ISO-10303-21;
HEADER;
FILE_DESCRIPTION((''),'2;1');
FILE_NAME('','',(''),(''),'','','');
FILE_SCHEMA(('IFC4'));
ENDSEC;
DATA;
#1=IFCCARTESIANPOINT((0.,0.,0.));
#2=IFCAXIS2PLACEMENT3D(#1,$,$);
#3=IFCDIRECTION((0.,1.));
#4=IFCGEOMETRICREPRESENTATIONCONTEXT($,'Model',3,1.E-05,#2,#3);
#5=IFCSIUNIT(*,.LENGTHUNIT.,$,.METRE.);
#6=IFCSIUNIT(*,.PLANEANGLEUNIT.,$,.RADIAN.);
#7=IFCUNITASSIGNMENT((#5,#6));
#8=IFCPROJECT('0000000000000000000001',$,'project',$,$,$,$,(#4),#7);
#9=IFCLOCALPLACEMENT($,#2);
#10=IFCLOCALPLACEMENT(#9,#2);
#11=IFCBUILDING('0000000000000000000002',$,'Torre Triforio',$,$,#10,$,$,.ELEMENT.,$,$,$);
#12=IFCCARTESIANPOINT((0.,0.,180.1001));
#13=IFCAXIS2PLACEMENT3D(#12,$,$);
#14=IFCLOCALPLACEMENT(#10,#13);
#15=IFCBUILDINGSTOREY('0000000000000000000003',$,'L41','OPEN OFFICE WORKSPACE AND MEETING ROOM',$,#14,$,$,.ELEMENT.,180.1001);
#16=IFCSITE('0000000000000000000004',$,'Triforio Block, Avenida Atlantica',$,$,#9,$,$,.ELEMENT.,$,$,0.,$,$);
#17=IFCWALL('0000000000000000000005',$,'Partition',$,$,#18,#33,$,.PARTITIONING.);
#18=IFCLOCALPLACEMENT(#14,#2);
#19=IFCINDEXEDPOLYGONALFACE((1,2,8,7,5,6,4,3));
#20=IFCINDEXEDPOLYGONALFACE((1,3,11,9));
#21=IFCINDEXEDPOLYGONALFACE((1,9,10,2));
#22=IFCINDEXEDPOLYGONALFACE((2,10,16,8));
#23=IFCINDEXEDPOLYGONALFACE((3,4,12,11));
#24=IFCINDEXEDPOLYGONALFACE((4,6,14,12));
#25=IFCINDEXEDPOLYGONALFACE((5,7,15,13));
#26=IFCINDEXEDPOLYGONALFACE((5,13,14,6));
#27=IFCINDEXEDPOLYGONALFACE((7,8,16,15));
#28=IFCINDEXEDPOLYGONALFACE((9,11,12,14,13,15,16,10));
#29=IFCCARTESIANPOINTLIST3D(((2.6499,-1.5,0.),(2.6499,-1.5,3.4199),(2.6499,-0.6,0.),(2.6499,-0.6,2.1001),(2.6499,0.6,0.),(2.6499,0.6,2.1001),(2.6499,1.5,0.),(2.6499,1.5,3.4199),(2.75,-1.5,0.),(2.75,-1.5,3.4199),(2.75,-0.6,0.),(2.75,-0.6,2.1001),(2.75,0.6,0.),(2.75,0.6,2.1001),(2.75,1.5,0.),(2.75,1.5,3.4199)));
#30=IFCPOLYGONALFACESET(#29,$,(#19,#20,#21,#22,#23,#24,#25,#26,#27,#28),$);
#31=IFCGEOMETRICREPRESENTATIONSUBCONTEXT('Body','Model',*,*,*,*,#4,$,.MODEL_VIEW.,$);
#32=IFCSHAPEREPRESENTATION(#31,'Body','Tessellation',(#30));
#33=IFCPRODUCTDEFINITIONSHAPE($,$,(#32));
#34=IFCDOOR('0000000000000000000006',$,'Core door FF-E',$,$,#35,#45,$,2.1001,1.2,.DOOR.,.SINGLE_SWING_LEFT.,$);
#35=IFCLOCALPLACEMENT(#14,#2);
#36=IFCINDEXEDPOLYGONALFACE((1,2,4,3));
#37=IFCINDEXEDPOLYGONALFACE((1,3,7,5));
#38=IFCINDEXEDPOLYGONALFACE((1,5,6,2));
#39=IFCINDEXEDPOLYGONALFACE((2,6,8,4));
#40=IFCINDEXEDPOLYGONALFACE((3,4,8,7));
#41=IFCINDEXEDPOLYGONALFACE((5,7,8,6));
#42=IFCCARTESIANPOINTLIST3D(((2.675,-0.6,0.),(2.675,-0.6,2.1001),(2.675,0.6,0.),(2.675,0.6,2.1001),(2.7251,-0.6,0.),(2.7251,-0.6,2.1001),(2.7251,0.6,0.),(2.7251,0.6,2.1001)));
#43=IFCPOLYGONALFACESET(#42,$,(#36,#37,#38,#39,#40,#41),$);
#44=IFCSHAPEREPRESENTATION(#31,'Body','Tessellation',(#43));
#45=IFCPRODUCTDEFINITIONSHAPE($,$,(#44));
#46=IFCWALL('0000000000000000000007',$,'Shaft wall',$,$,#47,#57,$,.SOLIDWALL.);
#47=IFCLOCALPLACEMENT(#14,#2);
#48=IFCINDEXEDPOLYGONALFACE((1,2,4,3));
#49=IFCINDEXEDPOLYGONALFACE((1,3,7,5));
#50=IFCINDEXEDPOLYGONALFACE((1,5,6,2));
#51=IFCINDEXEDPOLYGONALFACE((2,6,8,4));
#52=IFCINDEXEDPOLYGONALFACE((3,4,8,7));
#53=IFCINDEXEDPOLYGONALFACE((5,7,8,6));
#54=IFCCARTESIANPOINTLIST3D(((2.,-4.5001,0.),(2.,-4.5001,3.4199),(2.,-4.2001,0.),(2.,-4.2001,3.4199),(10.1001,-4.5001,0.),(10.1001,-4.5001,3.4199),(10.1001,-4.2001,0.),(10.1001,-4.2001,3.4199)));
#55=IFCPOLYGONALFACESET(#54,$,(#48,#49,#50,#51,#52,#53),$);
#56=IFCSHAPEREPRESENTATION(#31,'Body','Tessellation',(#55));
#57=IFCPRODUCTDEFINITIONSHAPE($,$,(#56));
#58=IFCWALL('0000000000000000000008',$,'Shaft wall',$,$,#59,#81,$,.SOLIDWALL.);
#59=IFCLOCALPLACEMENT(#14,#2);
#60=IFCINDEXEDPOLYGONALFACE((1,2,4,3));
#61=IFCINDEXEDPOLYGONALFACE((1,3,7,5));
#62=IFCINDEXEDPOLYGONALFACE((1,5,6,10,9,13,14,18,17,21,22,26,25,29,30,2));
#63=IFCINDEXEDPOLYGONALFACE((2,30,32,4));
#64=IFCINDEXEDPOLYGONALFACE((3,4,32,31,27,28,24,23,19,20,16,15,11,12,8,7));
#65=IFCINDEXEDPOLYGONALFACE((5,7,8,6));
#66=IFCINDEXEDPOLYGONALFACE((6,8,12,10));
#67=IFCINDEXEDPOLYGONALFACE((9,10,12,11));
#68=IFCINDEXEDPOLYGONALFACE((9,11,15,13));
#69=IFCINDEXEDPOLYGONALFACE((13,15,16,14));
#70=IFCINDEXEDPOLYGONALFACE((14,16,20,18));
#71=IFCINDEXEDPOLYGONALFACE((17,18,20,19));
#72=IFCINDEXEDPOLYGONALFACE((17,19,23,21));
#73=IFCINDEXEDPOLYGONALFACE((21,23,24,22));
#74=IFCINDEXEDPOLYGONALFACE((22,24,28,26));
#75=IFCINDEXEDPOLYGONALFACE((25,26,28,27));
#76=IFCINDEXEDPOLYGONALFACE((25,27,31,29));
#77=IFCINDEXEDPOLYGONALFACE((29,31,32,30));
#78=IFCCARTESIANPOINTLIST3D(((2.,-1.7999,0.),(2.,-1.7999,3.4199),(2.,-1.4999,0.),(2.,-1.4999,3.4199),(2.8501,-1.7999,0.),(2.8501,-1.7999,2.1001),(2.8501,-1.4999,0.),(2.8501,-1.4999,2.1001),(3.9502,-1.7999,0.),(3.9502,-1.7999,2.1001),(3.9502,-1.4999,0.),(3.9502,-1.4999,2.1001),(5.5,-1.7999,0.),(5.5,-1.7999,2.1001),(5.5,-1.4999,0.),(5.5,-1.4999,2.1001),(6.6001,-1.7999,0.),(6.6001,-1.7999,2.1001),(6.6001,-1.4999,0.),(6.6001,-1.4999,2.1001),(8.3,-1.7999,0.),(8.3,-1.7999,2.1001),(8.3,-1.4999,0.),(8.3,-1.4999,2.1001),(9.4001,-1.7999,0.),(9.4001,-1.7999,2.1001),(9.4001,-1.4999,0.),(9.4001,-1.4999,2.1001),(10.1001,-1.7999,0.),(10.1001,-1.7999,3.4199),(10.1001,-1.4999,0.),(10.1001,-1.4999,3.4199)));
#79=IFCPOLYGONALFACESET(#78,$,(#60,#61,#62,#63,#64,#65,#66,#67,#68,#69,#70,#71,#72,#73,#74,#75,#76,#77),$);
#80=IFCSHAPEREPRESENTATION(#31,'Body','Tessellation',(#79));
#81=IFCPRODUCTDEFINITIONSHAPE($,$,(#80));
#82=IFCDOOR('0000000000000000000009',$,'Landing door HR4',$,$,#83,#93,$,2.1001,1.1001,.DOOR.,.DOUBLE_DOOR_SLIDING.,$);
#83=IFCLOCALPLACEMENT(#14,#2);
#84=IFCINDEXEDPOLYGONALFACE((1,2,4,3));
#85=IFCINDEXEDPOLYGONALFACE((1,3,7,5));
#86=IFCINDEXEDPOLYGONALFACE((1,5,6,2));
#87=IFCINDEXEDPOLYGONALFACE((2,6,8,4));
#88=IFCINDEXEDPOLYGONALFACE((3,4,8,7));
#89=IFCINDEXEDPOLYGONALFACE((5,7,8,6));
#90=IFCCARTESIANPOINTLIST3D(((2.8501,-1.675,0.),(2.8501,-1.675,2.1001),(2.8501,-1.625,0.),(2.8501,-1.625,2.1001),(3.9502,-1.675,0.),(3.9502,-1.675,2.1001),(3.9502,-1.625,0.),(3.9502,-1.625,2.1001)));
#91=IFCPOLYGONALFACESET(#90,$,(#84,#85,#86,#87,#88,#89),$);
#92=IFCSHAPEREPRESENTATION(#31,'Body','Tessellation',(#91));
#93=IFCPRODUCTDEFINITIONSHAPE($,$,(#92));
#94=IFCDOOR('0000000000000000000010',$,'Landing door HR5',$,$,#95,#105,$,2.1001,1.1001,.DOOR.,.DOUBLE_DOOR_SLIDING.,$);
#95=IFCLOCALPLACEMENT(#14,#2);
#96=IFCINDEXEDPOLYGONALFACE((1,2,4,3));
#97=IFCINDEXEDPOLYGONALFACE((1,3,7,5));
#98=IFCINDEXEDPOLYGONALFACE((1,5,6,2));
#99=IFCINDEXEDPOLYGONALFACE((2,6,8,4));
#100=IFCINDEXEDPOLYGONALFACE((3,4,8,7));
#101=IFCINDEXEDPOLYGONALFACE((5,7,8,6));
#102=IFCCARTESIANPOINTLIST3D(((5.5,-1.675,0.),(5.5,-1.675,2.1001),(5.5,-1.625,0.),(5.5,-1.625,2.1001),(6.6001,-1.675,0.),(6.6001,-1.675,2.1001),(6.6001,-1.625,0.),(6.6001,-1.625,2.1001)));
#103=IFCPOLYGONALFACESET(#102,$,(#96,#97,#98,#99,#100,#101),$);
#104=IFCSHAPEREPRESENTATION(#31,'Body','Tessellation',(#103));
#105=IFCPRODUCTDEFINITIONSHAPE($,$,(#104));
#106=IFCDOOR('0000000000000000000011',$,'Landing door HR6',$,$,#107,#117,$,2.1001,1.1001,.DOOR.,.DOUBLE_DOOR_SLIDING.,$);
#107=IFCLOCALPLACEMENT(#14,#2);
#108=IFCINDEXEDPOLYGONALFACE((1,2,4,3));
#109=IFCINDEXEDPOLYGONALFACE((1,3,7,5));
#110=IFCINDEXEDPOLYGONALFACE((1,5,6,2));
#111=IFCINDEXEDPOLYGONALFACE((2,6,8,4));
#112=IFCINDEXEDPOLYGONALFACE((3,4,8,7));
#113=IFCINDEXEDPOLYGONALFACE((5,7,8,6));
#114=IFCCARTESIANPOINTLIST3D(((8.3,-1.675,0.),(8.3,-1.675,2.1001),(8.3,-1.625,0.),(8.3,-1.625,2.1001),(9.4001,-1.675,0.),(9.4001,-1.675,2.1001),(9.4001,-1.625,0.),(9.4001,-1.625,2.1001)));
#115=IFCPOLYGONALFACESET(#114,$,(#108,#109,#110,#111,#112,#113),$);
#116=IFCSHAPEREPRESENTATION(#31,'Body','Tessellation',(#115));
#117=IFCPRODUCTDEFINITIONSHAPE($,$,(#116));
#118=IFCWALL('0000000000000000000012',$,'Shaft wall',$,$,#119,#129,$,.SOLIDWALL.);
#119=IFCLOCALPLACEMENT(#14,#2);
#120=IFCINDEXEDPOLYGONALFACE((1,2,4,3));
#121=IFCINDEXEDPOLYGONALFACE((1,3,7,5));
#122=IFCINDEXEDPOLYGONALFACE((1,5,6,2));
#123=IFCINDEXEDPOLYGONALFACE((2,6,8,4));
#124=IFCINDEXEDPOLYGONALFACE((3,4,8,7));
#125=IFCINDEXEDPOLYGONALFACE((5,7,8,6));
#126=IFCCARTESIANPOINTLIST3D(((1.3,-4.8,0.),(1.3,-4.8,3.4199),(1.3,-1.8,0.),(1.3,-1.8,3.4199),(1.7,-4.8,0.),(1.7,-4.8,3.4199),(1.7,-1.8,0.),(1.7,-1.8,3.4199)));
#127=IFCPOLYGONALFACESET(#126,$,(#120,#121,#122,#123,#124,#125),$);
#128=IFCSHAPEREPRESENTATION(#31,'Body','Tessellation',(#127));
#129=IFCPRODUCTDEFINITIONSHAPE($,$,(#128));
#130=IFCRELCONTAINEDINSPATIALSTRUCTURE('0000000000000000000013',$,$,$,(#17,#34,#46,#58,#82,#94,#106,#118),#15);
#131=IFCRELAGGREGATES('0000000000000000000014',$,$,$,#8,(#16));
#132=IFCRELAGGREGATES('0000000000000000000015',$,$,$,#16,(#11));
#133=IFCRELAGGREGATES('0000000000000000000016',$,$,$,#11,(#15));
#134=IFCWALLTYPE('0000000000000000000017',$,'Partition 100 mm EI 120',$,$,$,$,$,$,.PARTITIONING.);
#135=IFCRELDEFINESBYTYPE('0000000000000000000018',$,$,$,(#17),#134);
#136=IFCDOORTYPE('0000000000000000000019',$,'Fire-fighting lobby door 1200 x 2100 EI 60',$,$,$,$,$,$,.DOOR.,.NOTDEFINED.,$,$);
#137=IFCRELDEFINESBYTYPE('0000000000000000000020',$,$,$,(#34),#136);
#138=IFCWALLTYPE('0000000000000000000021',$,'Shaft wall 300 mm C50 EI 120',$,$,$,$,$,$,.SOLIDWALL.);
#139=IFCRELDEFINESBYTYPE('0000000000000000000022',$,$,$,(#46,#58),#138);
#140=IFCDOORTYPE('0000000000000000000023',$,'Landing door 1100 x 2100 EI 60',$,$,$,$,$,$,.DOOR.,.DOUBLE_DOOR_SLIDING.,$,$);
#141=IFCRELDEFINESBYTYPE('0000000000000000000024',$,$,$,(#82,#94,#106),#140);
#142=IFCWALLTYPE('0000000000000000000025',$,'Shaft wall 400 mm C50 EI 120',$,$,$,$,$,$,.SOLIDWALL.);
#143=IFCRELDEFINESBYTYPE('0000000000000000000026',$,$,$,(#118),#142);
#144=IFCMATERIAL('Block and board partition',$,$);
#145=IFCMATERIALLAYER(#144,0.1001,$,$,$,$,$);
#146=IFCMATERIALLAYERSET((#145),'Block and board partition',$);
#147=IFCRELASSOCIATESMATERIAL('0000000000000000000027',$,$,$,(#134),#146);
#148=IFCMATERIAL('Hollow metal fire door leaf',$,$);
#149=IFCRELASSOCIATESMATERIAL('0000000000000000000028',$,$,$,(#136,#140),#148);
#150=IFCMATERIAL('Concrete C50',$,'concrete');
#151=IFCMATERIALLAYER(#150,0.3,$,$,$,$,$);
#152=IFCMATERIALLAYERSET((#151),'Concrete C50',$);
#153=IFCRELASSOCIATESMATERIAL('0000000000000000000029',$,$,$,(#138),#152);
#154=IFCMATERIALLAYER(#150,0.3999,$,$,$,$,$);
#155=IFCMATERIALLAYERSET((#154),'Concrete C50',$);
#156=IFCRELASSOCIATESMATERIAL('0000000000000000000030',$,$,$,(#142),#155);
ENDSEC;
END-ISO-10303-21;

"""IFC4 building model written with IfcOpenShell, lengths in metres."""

from ifc_helpers import new_model, si_unit, direction, frame, frame_2d, origin, place, context, subcontext, project, spatial, rectangle, extrude, material, layer, layer_set, type_object, element, fill, save


model = new_model("IFC4")

# Units and contexts
model_context = context("Model", 3, precision=1e-05, world=origin(), true_north=direction((0.0, 1.0)))
body_context = subcontext(model_context, "Body", "Model", "MODEL_VIEW")
ifc_project = project(units=[si_unit("LENGTHUNIT", "METRE"), si_unit("PLANEANGLEUNIT", "RADIAN")], contexts=[model_context])

# Site, building, storey
site_placement = place(None, origin())
site = spatial("IfcSite", under=ifc_project, at=site_placement, Name="Triforio Block, Avenida Atlantica", CompositionType="ELEMENT", RefElevation=0.0)
building_placement = place(site_placement, origin())
building = spatial("IfcBuilding", under=site, at=building_placement, Name="Torre Triforio", CompositionType="ELEMENT")
storey_placement = place(building_placement, frame((0.0, 0.0, 180.1001)))
storey = spatial("IfcBuildingStorey", under=building, at=storey_placement, Name="L41", Description="OPEN OFFICE WORKSPACE AND MEETING ROOM", CompositionType="ELEMENT", Elevation=180.1001)

# Shared definitions
ifc_material_1 = material(Name="Concrete C50", Category="concrete")

# Wall, opening, door
ifc_material_2 = material(Name="Block and board partition")
ifc_layer_1 = layer(ifc_material_2, 0.1001)
ifc_layer_set_1 = layer_set([ifc_layer_1], Name="Block and board partition")
wall_type_1 = type_object("IfcWallType", Name="Partition 100 mm EI 120", PredefinedType="PARTITIONING", material=ifc_layer_set_1)
wall_1_placement = place(storey_placement, frame((2.7, -1.5, 0.0), z_axis=(0.0, 0.0, 1.0), x_axis=(0.0, 1.0, 0.0)))
wall_1 = element("IfcWall", 1, at=wall_1_placement, inside=storey, type_object=wall_type_1, Name="Partition", PredefinedType="PARTITIONING", context=body_context, shape_type="SweptSolid", body=[
    extrude(rectangle(XDim=3.0, YDim=0.1001, at=frame_2d((1.5, 0.0))), origin(), (0.0, 0.0, 1.0), 3.4199),
])
opening_1_placement = place(wall_1_placement, frame((0.8999, 0.0, 0.0)))
opening_1 = element("IfcOpeningElement", 2, at=opening_1_placement, cuts=wall_1, PredefinedType="OPENING", context=body_context, shape_type="SweptSolid", body=[
    extrude(rectangle(XDim=1.2, YDim=2.1001, at=frame_2d((0.6001, 1.05))), frame((0.0, 0.0601, 0.0), z_axis=(0.0, -1.0, 0.0), x_axis=(1.0, 0.0, 0.0)), (0.0, 0.0, 1.0), 0.1201),
])
ifc_material_3 = material(Name="Hollow metal fire door leaf")
door_type_1 = type_object("IfcDoorType", Name="Fire-fighting lobby door 1200 x 2100 EI 60", OperationType="NOTDEFINED", PredefinedType="DOOR", material=ifc_material_3)
door_1_placement = place(opening_1_placement, origin())
door_1 = element("IfcDoor", 3, at=door_1_placement, inside=storey, type_object=door_type_1, Name="Core door FF-E", OperationType="SINGLE_SWING_LEFT", OverallHeight=2.1001, OverallWidth=1.2, PredefinedType="DOOR", context=body_context, shape_type="SweptSolid", body=[
    extrude(rectangle(XDim=1.2, YDim=2.1001, at=frame_2d((0.6001, 1.05))), frame((0.0, 0.0249, 0.0), z_axis=(0.0, -1.0, 0.0), x_axis=(1.0, 0.0, 0.0)), (0.0, 0.0, 1.0), 0.05),
])
fill(opening_1, door_1)

# Wall
ifc_layer_2 = layer(ifc_material_1, 0.3)
ifc_layer_set_2 = layer_set([ifc_layer_2], Name="Concrete C50")
wall_type_2 = type_object("IfcWallType", Name="Shaft wall 300 mm C50 EI 120", PredefinedType="SOLIDWALL", material=ifc_layer_set_2)
wall_2_placement = place(storey_placement, frame((2.0, -4.3501, 0.0), z_axis=(0.0, 0.0, 1.0), x_axis=(1.0, 0.0, 0.0)))
element("IfcWall", 4, at=wall_2_placement, inside=storey, type_object=wall_type_2, Name="Shaft wall", PredefinedType="SOLIDWALL", context=body_context, shape_type="SweptSolid", body=[
    extrude(rectangle(XDim=8.1001, YDim=0.3, at=frame_2d((4.05, 0.0))), origin(), (0.0, 0.0, 1.0), 3.4199),
])

# Wall, openings, doors
wall_3_placement = place(storey_placement, frame((2.0, -1.6499, 0.0), z_axis=(0.0, 0.0, 1.0), x_axis=(1.0, 0.0, 0.0)))
wall_3 = element("IfcWall", 5, at=wall_3_placement, inside=storey, type_object=wall_type_2, Name="Shaft wall", PredefinedType="SOLIDWALL", context=body_context, shape_type="SweptSolid", body=[
    extrude(rectangle(XDim=8.1001, YDim=0.3, at=frame_2d((4.05, 0.0))), origin(), (0.0, 0.0, 1.0), 3.4199),
])
opening_2_placement = place(wall_3_placement, frame((0.8501, 0.0, 0.0)))
opening_2 = element("IfcOpeningElement", 6, at=opening_2_placement, cuts=wall_3, PredefinedType="OPENING", context=body_context, shape_type="SweptSolid", body=[
    extrude(rectangle(XDim=1.1001, YDim=2.1001, at=frame_2d((0.55, 1.05))), frame((0.0, 0.1599, 0.0), z_axis=(0.0, -1.0, 0.0), x_axis=(1.0, 0.0, 0.0)), (0.0, 0.0, 1.0), 0.3201),
])
opening_3_placement = place(wall_3_placement, frame((3.5, 0.0, 0.0)))
opening_3 = element("IfcOpeningElement", 7, at=opening_3_placement, cuts=wall_3, PredefinedType="OPENING", context=body_context, shape_type="SweptSolid", body=[
    extrude(rectangle(XDim=1.1001, YDim=2.1001, at=frame_2d((0.55, 1.05))), frame((0.0, 0.1599, 0.0), z_axis=(0.0, -1.0, 0.0), x_axis=(1.0, 0.0, 0.0)), (0.0, 0.0, 1.0), 0.3201),
])
opening_4_placement = place(wall_3_placement, frame((6.3, 0.0, 0.0)))
opening_4 = element("IfcOpeningElement", 8, at=opening_4_placement, cuts=wall_3, PredefinedType="OPENING", context=body_context, shape_type="SweptSolid", body=[
    extrude(rectangle(XDim=1.1001, YDim=2.1001, at=frame_2d((0.55, 1.05))), frame((0.0, 0.1599, 0.0), z_axis=(0.0, -1.0, 0.0), x_axis=(1.0, 0.0, 0.0)), (0.0, 0.0, 1.0), 0.3201),
])
door_type_2 = type_object("IfcDoorType", Name="Landing door 1100 x 2100 EI 60", OperationType="DOUBLE_DOOR_SLIDING", PredefinedType="DOOR", material=ifc_material_3)
door_2_placement = place(opening_2_placement, origin())
door_2 = element("IfcDoor", 9, at=door_2_placement, inside=storey, type_object=door_type_2, Name="Landing door HR4", OperationType="DOUBLE_DOOR_SLIDING", OverallHeight=2.1001, OverallWidth=1.1001, PredefinedType="DOOR", context=body_context, shape_type="SweptSolid", body=[
    extrude(rectangle(XDim=1.1001, YDim=2.1001, at=frame_2d((0.55, 1.05))), frame((0.0, 0.0249, 0.0), z_axis=(0.0, -1.0, 0.0), x_axis=(1.0, 0.0, 0.0)), (0.0, 0.0, 1.0), 0.05),
])
fill(opening_2, door_2)
door_3_placement = place(opening_3_placement, origin())
door_3 = element("IfcDoor", 10, at=door_3_placement, inside=storey, type_object=door_type_2, Name="Landing door HR5", OperationType="DOUBLE_DOOR_SLIDING", OverallHeight=2.1001, OverallWidth=1.1001, PredefinedType="DOOR", context=body_context, shape_type="SweptSolid", body=[
    extrude(rectangle(XDim=1.1001, YDim=2.1001, at=frame_2d((0.55, 1.05))), frame((0.0, 0.0249, 0.0), z_axis=(0.0, -1.0, 0.0), x_axis=(1.0, 0.0, 0.0)), (0.0, 0.0, 1.0), 0.05),
])
fill(opening_3, door_3)
door_4_placement = place(opening_4_placement, origin())
door_4 = element("IfcDoor", 11, at=door_4_placement, inside=storey, type_object=door_type_2, Name="Landing door HR6", OperationType="DOUBLE_DOOR_SLIDING", OverallHeight=2.1001, OverallWidth=1.1001, PredefinedType="DOOR", context=body_context, shape_type="SweptSolid", body=[
    extrude(rectangle(XDim=1.1001, YDim=2.1001, at=frame_2d((0.55, 1.05))), frame((0.0, 0.0249, 0.0), z_axis=(0.0, -1.0, 0.0), x_axis=(1.0, 0.0, 0.0)), (0.0, 0.0, 1.0), 0.05),
])
fill(opening_4, door_4)

# Wall
ifc_layer_3 = layer(ifc_material_1, 0.3999)
ifc_layer_set_3 = layer_set([ifc_layer_3], Name="Concrete C50")
wall_type_3 = type_object("IfcWallType", Name="Shaft wall 400 mm C50 EI 120", PredefinedType="SOLIDWALL", material=ifc_layer_set_3)
wall_4_placement = place(storey_placement, frame((1.5, -4.8, 0.0), z_axis=(0.0, 0.0, 1.0), x_axis=(0.0, 1.0, 0.0)))
element("IfcWall", 12, at=wall_4_placement, inside=storey, type_object=wall_type_3, Name="Shaft wall", PredefinedType="SOLIDWALL", context=body_context, shape_type="SweptSolid", body=[
    extrude(rectangle(XDim=3.0, YDim=0.3999, at=frame_2d((1.5, 0.0))), origin(), (0.0, 0.0, 1.0), 3.4199),
])

save(model, "model.ifc")
